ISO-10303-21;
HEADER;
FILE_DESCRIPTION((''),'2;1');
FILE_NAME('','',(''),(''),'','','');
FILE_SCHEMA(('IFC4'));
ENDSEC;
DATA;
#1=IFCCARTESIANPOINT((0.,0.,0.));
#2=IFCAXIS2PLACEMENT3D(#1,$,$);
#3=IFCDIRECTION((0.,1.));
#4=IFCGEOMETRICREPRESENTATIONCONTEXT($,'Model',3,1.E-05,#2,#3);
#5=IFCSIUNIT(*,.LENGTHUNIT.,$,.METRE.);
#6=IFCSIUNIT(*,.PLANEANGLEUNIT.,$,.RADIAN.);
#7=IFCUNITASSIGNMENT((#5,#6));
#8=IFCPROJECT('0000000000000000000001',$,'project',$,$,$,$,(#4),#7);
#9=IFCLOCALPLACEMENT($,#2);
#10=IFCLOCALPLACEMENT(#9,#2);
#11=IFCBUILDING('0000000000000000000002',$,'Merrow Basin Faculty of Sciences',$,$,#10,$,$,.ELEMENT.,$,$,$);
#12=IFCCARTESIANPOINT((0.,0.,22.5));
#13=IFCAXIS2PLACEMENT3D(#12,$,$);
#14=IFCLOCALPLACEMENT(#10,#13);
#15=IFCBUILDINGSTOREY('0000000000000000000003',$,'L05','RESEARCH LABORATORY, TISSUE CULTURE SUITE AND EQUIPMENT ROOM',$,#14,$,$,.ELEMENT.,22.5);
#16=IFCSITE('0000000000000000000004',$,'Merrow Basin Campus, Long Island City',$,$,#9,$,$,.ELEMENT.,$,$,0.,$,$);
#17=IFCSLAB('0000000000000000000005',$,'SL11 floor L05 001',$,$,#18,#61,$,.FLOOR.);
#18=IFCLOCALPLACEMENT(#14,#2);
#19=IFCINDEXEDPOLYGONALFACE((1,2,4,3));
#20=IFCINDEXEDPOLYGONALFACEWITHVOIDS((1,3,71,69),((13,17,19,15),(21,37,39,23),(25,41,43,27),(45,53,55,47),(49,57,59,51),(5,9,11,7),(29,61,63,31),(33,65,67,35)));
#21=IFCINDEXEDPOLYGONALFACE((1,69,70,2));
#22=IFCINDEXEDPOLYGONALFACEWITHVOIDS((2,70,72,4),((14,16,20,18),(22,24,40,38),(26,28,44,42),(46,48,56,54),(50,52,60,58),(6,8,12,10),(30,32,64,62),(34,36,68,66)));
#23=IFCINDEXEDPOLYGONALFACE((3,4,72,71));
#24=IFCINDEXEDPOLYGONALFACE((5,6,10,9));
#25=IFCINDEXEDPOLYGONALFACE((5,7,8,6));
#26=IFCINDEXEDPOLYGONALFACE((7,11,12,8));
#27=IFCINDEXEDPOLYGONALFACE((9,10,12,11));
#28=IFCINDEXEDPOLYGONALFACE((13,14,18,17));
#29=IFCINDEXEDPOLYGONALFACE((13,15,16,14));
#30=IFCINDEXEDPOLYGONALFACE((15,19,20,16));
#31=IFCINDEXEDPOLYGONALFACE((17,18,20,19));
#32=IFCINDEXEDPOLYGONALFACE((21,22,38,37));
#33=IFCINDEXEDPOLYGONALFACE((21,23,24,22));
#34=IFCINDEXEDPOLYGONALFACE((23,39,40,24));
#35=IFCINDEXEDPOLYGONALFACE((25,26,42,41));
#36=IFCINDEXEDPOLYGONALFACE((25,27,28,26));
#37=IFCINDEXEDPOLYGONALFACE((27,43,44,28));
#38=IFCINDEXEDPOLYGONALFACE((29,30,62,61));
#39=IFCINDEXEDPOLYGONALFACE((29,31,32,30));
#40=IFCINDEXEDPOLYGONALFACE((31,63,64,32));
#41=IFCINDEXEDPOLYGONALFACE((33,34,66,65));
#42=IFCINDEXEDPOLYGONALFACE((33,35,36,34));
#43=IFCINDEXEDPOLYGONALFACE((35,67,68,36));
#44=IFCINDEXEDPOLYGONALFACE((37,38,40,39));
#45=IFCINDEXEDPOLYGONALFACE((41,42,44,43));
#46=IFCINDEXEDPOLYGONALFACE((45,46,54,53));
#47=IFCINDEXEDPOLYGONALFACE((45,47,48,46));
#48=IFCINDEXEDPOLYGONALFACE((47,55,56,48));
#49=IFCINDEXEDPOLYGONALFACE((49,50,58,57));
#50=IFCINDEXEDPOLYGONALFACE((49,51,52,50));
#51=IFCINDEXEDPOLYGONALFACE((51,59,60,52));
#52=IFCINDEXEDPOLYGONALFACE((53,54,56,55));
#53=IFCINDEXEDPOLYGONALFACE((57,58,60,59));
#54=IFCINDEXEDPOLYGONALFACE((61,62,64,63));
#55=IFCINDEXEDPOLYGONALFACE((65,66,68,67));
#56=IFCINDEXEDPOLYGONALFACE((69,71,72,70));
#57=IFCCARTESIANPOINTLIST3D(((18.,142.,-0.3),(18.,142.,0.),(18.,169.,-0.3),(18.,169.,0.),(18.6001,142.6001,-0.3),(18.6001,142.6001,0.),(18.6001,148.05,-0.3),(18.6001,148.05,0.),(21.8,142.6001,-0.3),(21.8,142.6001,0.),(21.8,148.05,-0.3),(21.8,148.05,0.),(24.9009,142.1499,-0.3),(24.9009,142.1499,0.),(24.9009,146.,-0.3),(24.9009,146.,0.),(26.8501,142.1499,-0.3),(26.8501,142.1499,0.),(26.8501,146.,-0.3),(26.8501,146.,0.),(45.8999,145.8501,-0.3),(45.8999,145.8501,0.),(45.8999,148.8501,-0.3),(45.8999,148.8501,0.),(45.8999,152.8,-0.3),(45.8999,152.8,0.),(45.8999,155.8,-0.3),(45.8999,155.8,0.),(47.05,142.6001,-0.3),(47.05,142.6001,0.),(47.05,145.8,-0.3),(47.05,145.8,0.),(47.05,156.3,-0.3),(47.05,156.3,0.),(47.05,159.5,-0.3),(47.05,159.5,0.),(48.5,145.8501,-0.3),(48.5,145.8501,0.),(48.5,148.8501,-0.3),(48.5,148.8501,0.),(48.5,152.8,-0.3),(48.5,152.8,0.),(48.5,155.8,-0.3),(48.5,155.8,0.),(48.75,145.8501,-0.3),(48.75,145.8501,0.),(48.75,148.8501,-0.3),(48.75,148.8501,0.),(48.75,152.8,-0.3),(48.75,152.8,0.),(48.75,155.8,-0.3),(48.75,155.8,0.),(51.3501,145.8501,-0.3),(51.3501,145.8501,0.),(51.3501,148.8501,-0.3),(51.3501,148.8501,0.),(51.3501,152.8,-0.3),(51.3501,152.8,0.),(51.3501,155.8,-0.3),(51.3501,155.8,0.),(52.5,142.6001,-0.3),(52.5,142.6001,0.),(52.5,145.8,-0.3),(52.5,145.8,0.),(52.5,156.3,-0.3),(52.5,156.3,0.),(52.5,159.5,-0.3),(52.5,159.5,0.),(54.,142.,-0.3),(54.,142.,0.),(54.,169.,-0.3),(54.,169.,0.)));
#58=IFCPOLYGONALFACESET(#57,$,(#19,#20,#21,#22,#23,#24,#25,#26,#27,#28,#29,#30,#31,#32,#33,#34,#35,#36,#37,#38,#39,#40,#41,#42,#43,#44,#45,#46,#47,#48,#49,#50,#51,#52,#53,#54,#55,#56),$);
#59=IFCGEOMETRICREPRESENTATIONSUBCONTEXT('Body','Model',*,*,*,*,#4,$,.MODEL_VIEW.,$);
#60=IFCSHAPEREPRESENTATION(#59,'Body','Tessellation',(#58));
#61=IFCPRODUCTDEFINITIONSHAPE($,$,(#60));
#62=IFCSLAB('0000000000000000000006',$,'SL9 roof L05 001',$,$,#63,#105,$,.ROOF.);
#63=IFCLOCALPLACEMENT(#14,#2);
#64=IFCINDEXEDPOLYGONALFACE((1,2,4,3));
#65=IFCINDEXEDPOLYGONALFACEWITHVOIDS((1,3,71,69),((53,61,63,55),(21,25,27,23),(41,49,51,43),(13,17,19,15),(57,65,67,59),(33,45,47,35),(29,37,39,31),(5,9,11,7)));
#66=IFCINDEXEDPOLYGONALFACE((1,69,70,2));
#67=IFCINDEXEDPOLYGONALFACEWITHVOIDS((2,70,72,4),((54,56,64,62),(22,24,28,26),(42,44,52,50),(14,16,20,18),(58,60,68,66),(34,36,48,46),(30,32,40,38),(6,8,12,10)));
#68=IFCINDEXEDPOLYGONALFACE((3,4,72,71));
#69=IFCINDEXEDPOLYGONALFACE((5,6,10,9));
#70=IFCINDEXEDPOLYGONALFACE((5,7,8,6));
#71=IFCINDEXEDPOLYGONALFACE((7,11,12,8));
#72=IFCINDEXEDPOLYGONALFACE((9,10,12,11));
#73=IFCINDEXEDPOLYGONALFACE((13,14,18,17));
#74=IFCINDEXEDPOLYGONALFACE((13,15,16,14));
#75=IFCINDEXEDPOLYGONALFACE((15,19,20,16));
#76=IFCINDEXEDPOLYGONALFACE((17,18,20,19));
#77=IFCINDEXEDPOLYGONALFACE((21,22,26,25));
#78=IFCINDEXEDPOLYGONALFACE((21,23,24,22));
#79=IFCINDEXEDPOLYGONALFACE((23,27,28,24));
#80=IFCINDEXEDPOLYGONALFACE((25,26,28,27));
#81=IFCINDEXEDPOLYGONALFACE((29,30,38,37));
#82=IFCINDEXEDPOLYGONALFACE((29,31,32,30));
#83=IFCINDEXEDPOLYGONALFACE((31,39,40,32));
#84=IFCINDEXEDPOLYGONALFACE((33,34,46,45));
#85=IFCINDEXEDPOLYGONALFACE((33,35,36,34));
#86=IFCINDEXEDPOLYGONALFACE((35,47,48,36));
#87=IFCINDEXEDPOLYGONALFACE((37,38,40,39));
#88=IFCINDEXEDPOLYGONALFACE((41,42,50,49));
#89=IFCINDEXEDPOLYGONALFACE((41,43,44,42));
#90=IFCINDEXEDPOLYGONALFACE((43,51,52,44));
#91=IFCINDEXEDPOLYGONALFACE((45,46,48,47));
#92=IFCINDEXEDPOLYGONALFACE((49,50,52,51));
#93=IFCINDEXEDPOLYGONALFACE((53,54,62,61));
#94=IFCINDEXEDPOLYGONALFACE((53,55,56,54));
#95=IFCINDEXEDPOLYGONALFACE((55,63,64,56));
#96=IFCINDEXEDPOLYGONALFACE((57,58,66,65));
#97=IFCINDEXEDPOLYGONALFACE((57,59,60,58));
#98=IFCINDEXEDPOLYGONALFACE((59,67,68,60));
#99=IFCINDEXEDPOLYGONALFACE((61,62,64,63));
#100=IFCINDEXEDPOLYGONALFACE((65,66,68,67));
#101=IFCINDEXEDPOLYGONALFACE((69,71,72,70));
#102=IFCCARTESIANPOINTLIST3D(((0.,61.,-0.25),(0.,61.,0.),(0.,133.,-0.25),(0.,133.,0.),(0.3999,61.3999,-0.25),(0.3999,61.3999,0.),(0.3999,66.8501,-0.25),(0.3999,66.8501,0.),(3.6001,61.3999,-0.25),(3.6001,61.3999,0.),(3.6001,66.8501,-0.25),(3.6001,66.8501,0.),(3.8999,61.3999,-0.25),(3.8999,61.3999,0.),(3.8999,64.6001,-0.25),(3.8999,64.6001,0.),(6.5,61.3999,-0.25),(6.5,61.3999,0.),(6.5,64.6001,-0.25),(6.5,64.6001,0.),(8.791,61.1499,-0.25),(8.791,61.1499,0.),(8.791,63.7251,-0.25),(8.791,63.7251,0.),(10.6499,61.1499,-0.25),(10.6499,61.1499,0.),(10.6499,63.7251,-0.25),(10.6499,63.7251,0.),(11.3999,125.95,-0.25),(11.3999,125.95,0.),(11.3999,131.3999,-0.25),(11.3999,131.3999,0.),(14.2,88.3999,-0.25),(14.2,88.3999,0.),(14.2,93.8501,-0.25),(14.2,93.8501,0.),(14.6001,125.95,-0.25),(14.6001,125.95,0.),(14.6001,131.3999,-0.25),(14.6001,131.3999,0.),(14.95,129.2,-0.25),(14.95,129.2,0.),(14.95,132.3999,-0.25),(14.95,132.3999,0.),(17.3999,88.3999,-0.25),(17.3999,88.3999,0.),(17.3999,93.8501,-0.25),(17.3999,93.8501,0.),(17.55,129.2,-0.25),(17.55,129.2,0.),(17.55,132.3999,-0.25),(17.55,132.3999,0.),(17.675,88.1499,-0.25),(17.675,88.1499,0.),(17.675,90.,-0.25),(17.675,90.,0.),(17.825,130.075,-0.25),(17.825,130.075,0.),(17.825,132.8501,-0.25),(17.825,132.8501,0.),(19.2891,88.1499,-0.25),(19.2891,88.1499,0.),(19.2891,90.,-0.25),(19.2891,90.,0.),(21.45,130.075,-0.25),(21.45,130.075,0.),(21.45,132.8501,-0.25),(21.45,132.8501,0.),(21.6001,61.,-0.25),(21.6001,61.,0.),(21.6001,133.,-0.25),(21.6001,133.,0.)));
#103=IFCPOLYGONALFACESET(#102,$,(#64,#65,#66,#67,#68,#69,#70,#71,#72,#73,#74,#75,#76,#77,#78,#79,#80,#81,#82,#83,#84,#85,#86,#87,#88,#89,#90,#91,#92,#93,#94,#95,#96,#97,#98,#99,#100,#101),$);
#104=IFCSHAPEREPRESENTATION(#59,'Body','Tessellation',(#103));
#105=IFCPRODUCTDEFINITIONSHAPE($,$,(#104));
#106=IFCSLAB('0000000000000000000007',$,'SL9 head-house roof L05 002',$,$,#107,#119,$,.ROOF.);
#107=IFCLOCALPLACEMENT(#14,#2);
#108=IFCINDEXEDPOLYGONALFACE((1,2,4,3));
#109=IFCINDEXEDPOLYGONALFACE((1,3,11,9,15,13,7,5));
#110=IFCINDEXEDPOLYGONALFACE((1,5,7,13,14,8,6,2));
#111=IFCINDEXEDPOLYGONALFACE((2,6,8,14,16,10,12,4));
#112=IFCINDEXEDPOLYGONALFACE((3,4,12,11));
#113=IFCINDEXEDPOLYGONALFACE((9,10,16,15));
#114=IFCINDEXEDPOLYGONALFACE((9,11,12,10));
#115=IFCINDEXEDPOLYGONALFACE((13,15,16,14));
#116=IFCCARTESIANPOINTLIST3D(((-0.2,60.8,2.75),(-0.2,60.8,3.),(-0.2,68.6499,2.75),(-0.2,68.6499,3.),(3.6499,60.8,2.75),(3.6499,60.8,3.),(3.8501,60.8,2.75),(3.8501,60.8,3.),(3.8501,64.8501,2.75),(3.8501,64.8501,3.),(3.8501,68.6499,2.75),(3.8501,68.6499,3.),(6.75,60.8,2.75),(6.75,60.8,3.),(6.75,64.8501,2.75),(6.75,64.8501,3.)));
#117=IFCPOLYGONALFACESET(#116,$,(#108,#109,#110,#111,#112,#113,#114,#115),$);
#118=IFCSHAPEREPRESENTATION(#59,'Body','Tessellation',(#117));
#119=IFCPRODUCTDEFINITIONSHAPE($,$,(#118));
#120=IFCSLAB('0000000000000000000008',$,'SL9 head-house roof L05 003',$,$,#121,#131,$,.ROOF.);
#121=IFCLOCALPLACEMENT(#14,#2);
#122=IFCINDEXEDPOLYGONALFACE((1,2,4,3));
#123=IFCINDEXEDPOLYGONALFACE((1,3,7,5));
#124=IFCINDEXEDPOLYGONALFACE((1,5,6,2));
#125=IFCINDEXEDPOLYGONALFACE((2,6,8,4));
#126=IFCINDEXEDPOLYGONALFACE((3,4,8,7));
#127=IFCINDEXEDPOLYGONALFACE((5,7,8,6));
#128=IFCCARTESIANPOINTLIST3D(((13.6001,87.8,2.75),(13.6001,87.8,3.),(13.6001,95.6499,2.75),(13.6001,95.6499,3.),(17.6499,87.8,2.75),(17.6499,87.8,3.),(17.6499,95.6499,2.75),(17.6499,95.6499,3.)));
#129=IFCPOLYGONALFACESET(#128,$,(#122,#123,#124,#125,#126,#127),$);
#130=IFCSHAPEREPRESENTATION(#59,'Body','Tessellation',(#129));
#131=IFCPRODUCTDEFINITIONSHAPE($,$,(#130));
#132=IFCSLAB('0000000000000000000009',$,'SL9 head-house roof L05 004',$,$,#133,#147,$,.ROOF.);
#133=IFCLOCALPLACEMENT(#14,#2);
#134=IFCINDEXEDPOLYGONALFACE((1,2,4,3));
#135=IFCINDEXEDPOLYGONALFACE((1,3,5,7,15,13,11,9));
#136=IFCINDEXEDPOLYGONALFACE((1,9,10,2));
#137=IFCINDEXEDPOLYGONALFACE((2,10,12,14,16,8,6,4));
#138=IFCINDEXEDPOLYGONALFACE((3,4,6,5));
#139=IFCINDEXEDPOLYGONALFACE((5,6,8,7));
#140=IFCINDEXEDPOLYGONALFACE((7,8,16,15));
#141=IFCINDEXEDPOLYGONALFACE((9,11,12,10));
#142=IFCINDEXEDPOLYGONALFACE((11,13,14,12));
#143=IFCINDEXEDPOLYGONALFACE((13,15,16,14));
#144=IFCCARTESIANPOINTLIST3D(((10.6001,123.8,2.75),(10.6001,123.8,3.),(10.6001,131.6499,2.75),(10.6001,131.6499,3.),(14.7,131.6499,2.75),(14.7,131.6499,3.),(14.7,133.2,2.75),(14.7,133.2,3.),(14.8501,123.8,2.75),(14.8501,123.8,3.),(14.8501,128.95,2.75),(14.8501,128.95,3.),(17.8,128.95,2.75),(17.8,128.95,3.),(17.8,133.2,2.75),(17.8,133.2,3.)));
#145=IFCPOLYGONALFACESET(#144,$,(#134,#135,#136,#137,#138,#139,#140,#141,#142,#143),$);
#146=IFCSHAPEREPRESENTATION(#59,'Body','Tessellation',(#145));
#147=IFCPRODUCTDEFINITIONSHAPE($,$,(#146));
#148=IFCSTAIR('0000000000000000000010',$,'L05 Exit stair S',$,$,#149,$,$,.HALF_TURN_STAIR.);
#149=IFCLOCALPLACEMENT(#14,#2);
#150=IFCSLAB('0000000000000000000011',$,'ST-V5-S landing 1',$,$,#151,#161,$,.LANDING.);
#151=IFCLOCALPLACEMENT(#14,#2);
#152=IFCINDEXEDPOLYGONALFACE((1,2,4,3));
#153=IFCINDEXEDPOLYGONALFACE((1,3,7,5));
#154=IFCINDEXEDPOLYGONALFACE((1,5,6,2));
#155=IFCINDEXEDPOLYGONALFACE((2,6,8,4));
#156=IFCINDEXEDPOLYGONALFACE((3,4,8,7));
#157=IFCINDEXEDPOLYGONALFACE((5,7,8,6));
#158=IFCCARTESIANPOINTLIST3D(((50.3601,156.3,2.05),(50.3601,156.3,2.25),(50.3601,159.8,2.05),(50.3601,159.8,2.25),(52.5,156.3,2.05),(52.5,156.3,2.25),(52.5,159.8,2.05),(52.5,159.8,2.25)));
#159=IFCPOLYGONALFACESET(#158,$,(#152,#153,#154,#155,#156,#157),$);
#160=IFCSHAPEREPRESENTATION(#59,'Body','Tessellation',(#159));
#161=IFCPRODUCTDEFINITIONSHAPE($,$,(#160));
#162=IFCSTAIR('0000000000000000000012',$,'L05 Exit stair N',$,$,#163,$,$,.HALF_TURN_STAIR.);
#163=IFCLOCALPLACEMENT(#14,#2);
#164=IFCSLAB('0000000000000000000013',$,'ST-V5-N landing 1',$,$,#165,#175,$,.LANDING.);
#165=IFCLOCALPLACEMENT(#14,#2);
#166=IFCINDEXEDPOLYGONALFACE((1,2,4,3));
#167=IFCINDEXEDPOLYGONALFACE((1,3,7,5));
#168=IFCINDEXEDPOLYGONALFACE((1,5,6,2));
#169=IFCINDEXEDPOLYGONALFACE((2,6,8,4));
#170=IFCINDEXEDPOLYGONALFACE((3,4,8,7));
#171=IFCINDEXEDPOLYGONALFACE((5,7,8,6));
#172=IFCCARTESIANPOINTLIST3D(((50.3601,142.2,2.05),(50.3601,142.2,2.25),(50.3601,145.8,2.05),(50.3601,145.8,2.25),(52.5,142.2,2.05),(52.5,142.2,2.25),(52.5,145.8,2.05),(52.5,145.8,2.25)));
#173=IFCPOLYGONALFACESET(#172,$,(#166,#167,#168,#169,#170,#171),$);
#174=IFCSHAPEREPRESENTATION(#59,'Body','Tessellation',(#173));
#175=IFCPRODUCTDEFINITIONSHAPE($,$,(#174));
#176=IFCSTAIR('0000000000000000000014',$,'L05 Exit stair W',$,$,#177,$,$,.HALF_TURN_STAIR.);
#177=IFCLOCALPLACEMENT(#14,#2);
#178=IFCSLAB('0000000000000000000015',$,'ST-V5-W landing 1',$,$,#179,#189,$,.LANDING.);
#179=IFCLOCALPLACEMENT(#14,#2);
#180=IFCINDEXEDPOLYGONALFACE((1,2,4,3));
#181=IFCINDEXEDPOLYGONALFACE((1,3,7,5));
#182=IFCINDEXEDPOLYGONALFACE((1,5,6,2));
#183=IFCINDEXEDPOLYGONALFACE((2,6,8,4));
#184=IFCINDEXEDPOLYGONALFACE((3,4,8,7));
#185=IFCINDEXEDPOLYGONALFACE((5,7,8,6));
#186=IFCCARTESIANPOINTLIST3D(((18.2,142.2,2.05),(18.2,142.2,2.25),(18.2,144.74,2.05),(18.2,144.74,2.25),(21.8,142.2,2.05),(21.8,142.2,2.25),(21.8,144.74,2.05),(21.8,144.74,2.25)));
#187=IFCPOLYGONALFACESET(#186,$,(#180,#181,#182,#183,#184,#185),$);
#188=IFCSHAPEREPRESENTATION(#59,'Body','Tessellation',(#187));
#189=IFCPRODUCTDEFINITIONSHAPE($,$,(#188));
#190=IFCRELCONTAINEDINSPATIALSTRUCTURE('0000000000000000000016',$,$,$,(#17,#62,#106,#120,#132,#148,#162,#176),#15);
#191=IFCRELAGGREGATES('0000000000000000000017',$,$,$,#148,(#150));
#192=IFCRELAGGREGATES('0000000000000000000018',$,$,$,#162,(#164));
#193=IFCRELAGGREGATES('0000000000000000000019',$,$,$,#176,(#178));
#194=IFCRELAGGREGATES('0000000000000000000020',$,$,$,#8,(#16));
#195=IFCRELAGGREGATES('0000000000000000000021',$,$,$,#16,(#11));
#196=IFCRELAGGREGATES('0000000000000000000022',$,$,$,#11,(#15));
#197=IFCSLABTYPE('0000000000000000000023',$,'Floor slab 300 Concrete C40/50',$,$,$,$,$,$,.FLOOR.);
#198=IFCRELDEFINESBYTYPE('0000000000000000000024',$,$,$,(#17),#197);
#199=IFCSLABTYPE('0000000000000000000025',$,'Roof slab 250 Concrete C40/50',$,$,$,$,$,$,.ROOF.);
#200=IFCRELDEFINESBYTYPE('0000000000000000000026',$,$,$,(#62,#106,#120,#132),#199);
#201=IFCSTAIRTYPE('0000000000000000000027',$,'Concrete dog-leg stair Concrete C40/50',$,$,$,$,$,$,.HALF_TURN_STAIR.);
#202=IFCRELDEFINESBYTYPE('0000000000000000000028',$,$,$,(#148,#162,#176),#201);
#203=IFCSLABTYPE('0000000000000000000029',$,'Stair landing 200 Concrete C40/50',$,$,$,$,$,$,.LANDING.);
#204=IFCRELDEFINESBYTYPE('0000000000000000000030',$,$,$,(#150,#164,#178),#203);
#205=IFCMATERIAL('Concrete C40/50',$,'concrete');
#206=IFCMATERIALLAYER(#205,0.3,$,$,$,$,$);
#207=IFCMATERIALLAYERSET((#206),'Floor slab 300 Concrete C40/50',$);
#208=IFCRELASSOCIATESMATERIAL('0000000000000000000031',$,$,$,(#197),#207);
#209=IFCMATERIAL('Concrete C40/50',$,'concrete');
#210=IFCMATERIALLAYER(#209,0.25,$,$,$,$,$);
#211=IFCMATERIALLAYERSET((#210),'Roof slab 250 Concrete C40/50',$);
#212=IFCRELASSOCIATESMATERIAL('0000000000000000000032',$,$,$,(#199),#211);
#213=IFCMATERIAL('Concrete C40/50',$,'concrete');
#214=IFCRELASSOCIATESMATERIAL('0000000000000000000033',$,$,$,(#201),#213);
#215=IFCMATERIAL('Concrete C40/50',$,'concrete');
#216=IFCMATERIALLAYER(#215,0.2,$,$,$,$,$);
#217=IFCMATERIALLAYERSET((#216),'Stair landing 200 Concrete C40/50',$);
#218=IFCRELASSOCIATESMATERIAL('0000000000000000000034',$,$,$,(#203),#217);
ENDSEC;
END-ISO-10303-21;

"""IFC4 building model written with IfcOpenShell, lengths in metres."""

from ifc_helpers import new_model, si_unit, direction, frame, origin, place, context, subcontext, project, spatial, polyline, outline, extrude, material, layer, layer_set, type_object, element, aggregate, save


model = new_model("IFC4")

# Units and contexts
model_context = context("Model", 3, precision=1e-05, world=origin(), true_north=direction((0.0, 1.0)))
body_context = subcontext(model_context, "Body", "Model", "MODEL_VIEW")
ifc_project = project(units=[si_unit("LENGTHUNIT", "METRE"), si_unit("PLANEANGLEUNIT", "RADIAN")], contexts=[model_context])

# Site, building, storey
site_placement = place(None, origin())
site = spatial("IfcSite", under=ifc_project, at=site_placement, Name="Merrow Basin Campus, Long Island City", CompositionType="ELEMENT", RefElevation=0.0)
building_placement = place(site_placement, origin())
building = spatial("IfcBuilding", under=site, at=building_placement, Name="Merrow Basin Faculty of Sciences", CompositionType="ELEMENT")
storey_placement = place(building_placement, frame((0.0, 0.0, 22.5)))
storey = spatial("IfcBuildingStorey", under=building, at=storey_placement, Name="L05", Description="RESEARCH LABORATORY, TISSUE CULTURE SUITE AND EQUIPMENT ROOM", CompositionType="ELEMENT", Elevation=22.5)

# Slabs
ifc_material_1 = material(Name="Concrete C40/50", Category="concrete")
ifc_layer_1 = layer(ifc_material_1, 0.3)
ifc_layer_set_1 = layer_set([ifc_layer_1], Name="Floor slab 300 Concrete C40/50")
slab_type_1 = type_object("IfcSlabType", Name="Floor slab 300 Concrete C40/50", PredefinedType="FLOOR", material=ifc_layer_set_1)
slab_1_placement = place(storey_placement, frame((0.0, 0.0, -0.3)))
element("IfcSlab", 1, at=slab_1_placement, inside=storey, type_object=slab_type_1, Name="SL11 floor L05 001", PredefinedType="FLOOR", context=body_context, shape_type="SweptSolid", body=[
    extrude(outline(polyline([(54.0, 169.0), (54.0, 142.0), (18.0, 142.0), (18.0, 169.0), (54.0, 169.0)]), holes=[polyline([(52.5, 142.6001), (52.5, 145.8), (47.05, 145.8), (47.05, 142.6001), (52.5, 142.6001)]), polyline([(52.5, 156.3), (52.5, 159.5), (47.05, 159.5), (47.05, 156.3), (52.5, 156.3)]), polyline([(51.3501, 145.8501), (51.3501, 148.8501), (48.75, 148.8501), (48.75, 145.8501), (51.3501, 145.8501)]), polyline([(51.3501, 152.8), (51.3501, 155.8), (48.75, 155.8), (48.75, 152.8), (51.3501, 152.8)]), polyline([(48.5, 145.8501), (48.5, 148.8501), (45.8999, 148.8501), (45.8999, 145.8501), (48.5, 145.8501)]), polyline([(48.5, 152.8), (48.5, 155.8), (45.8999, 155.8), (45.8999, 152.8), (48.5, 152.8)]), polyline([(26.8501, 142.1499), (26.8501, 146.0), (24.9009, 146.0), (24.9009, 142.1499), (26.8501, 142.1499)]), polyline([(21.8, 142.6001), (21.8, 148.05), (18.6001, 148.05), (18.6001, 142.6001), (21.8, 142.6001)])]), origin(), (0.0, 0.0, 1.0), 0.3),
])
ifc_material_2 = material(Name="Concrete C40/50", Category="concrete")
ifc_layer_2 = layer(ifc_material_2, 0.25)
ifc_layer_set_2 = layer_set([ifc_layer_2], Name="Roof slab 250 Concrete C40/50")
slab_type_2 = type_object("IfcSlabType", Name="Roof slab 250 Concrete C40/50", PredefinedType="ROOF", material=ifc_layer_set_2)
slab_2_placement = place(storey_placement, frame((0.0, 0.0, -0.25)))
element("IfcSlab", 2, at=slab_2_placement, inside=storey, type_object=slab_type_2, Name="SL9 roof L05 001", PredefinedType="ROOF", context=body_context, shape_type="SweptSolid", body=[
    extrude(outline(polyline([(0.0, 133.0), (21.6001, 133.0), (21.6001, 61.0), (0.0, 61.0), (0.0, 133.0)]), holes=[polyline([(17.825, 130.075), (21.45, 130.075), (21.45, 132.8501), (17.825, 132.8501), (17.825, 130.075)]), polyline([(17.675, 88.1499), (19.2891, 88.1499), (19.2891, 90.0), (17.675, 90.0), (17.675, 88.1499)]), polyline([(14.95, 129.2), (17.55, 129.2), (17.55, 132.3999), (14.95, 132.3999), (14.95, 129.2)]), polyline([(14.2, 88.3999), (17.3999, 88.3999), (17.3999, 93.8501), (14.2, 93.8501), (14.2, 88.3999)]), polyline([(11.3999, 125.95), (14.6001, 125.95), (14.6001, 131.3999), (11.3999, 131.3999), (11.3999, 125.95)]), polyline([(8.791, 61.1499), (10.6499, 61.1499), (10.6499, 63.7251), (8.791, 63.7251), (8.791, 61.1499)]), polyline([(3.8999, 61.3999), (6.5, 61.3999), (6.5, 64.6001), (3.8999, 64.6001), (3.8999, 61.3999)]), polyline([(0.3999, 61.3999), (3.6001, 61.3999), (3.6001, 66.8501), (0.3999, 66.8501), (0.3999, 61.3999)])]), origin(), (0.0, 0.0, 1.0), 0.25),
])
slab_3_placement = place(storey_placement, frame((0.0, 0.0, 2.75)))
element("IfcSlab", 3, at=slab_3_placement, inside=storey, type_object=slab_type_2, Name="SL9 head-house roof L05 002", PredefinedType="ROOF", context=body_context, shape_type="SweptSolid", body=[
    extrude(outline(polyline([(3.8501, 60.8), (3.6499, 60.8), (-0.2, 60.8), (-0.2, 68.6499), (3.8501, 68.6499), (3.8501, 64.8501), (6.75, 64.8501), (6.75, 60.8), (3.8501, 60.8)])), origin(), (0.0, 0.0, 1.0), 0.25),
])
slab_4_placement = place(storey_placement, frame((0.0, 0.0, 2.75)))
element("IfcSlab", 4, at=slab_4_placement, inside=storey, type_object=slab_type_2, Name="SL9 head-house roof L05 003", PredefinedType="ROOF", context=body_context, shape_type="SweptSolid", body=[
    extrude(outline(polyline([(13.6001, 95.6499), (17.6499, 95.6499), (17.6499, 87.8), (13.6001, 87.8), (13.6001, 95.6499)])), origin(), (0.0, 0.0, 1.0), 0.25),
])
slab_5_placement = place(storey_placement, frame((0.0, 0.0, 2.75)))
element("IfcSlab", 5, at=slab_5_placement, inside=storey, type_object=slab_type_2, Name="SL9 head-house roof L05 004", PredefinedType="ROOF", context=body_context, shape_type="SweptSolid", body=[
    extrude(outline(polyline([(10.6001, 131.6499), (14.7, 131.6499), (14.7, 133.2), (17.8, 133.2), (17.8, 128.95), (14.8501, 128.95), (14.8501, 123.8), (10.6001, 123.8), (10.6001, 131.6499)])), origin(), (0.0, 0.0, 1.0), 0.25),
])

# Stairs, slabs
ifc_material_3 = material(Name="Concrete C40/50", Category="concrete")
stair_type = type_object("IfcStairType", Name="Concrete dog-leg stair Concrete C40/50", PredefinedType="HALF_TURN_STAIR", material=ifc_material_3)
stair_1_placement = place(storey_placement, origin())
stair_1 = element("IfcStair", 6, at=stair_1_placement, inside=storey, type_object=stair_type, Name="L05 Exit stair S", PredefinedType="HALF_TURN_STAIR")
ifc_material_4 = material(Name="Concrete C40/50", Category="concrete")
ifc_layer_3 = layer(ifc_material_4, 0.2)
ifc_layer_set_3 = layer_set([ifc_layer_3], Name="Stair landing 200 Concrete C40/50")
slab_type_3 = type_object("IfcSlabType", Name="Stair landing 200 Concrete C40/50", PredefinedType="LANDING", material=ifc_layer_set_3)
slab_6_placement = place(storey_placement, frame((0.0, 0.0, 2.05)))
slab_6 = element("IfcSlab", 7, at=slab_6_placement, type_object=slab_type_3, Name="ST-V5-S landing 1", PredefinedType="LANDING", context=body_context, shape_type="SweptSolid", body=[
    extrude(outline(polyline([(50.3601, 156.3), (52.5, 156.3), (52.5, 159.8), (50.3601, 159.8), (50.3601, 156.3)])), origin(), (0.0, 0.0, 1.0), 0.2),
])
aggregate(stair_1, [slab_6])
stair_2_placement = place(storey_placement, origin())
stair_2 = element("IfcStair", 8, at=stair_2_placement, inside=storey, type_object=stair_type, Name="L05 Exit stair N", PredefinedType="HALF_TURN_STAIR")
slab_7_placement = place(storey_placement, frame((0.0, 0.0, 2.05)))
slab_7 = element("IfcSlab", 9, at=slab_7_placement, type_object=slab_type_3, Name="ST-V5-N landing 1", PredefinedType="LANDING", context=body_context, shape_type="SweptSolid", body=[
    extrude(outline(polyline([(50.3601, 142.2), (52.5, 142.2), (52.5, 145.8), (50.3601, 145.8), (50.3601, 142.2)])), origin(), (0.0, 0.0, 1.0), 0.2),
])
aggregate(stair_2, [slab_7])
stair_3_placement = place(storey_placement, origin())
stair_3 = element("IfcStair", 10, at=stair_3_placement, inside=storey, type_object=stair_type, Name="L05 Exit stair W", PredefinedType="HALF_TURN_STAIR")
slab_8_placement = place(storey_placement, frame((0.0, 0.0, 2.05)))
slab_8 = element("IfcSlab", 11, at=slab_8_placement, type_object=slab_type_3, Name="ST-V5-W landing 1", PredefinedType="LANDING", context=body_context, shape_type="SweptSolid", body=[
    extrude(outline(polyline([(18.2, 142.2), (21.8, 142.2), (21.8, 144.74), (18.2, 144.74), (18.2, 142.2)])), origin(), (0.0, 0.0, 1.0), 0.2),
])
aggregate(stair_3, [slab_8])

save(model, "model.ifc")
